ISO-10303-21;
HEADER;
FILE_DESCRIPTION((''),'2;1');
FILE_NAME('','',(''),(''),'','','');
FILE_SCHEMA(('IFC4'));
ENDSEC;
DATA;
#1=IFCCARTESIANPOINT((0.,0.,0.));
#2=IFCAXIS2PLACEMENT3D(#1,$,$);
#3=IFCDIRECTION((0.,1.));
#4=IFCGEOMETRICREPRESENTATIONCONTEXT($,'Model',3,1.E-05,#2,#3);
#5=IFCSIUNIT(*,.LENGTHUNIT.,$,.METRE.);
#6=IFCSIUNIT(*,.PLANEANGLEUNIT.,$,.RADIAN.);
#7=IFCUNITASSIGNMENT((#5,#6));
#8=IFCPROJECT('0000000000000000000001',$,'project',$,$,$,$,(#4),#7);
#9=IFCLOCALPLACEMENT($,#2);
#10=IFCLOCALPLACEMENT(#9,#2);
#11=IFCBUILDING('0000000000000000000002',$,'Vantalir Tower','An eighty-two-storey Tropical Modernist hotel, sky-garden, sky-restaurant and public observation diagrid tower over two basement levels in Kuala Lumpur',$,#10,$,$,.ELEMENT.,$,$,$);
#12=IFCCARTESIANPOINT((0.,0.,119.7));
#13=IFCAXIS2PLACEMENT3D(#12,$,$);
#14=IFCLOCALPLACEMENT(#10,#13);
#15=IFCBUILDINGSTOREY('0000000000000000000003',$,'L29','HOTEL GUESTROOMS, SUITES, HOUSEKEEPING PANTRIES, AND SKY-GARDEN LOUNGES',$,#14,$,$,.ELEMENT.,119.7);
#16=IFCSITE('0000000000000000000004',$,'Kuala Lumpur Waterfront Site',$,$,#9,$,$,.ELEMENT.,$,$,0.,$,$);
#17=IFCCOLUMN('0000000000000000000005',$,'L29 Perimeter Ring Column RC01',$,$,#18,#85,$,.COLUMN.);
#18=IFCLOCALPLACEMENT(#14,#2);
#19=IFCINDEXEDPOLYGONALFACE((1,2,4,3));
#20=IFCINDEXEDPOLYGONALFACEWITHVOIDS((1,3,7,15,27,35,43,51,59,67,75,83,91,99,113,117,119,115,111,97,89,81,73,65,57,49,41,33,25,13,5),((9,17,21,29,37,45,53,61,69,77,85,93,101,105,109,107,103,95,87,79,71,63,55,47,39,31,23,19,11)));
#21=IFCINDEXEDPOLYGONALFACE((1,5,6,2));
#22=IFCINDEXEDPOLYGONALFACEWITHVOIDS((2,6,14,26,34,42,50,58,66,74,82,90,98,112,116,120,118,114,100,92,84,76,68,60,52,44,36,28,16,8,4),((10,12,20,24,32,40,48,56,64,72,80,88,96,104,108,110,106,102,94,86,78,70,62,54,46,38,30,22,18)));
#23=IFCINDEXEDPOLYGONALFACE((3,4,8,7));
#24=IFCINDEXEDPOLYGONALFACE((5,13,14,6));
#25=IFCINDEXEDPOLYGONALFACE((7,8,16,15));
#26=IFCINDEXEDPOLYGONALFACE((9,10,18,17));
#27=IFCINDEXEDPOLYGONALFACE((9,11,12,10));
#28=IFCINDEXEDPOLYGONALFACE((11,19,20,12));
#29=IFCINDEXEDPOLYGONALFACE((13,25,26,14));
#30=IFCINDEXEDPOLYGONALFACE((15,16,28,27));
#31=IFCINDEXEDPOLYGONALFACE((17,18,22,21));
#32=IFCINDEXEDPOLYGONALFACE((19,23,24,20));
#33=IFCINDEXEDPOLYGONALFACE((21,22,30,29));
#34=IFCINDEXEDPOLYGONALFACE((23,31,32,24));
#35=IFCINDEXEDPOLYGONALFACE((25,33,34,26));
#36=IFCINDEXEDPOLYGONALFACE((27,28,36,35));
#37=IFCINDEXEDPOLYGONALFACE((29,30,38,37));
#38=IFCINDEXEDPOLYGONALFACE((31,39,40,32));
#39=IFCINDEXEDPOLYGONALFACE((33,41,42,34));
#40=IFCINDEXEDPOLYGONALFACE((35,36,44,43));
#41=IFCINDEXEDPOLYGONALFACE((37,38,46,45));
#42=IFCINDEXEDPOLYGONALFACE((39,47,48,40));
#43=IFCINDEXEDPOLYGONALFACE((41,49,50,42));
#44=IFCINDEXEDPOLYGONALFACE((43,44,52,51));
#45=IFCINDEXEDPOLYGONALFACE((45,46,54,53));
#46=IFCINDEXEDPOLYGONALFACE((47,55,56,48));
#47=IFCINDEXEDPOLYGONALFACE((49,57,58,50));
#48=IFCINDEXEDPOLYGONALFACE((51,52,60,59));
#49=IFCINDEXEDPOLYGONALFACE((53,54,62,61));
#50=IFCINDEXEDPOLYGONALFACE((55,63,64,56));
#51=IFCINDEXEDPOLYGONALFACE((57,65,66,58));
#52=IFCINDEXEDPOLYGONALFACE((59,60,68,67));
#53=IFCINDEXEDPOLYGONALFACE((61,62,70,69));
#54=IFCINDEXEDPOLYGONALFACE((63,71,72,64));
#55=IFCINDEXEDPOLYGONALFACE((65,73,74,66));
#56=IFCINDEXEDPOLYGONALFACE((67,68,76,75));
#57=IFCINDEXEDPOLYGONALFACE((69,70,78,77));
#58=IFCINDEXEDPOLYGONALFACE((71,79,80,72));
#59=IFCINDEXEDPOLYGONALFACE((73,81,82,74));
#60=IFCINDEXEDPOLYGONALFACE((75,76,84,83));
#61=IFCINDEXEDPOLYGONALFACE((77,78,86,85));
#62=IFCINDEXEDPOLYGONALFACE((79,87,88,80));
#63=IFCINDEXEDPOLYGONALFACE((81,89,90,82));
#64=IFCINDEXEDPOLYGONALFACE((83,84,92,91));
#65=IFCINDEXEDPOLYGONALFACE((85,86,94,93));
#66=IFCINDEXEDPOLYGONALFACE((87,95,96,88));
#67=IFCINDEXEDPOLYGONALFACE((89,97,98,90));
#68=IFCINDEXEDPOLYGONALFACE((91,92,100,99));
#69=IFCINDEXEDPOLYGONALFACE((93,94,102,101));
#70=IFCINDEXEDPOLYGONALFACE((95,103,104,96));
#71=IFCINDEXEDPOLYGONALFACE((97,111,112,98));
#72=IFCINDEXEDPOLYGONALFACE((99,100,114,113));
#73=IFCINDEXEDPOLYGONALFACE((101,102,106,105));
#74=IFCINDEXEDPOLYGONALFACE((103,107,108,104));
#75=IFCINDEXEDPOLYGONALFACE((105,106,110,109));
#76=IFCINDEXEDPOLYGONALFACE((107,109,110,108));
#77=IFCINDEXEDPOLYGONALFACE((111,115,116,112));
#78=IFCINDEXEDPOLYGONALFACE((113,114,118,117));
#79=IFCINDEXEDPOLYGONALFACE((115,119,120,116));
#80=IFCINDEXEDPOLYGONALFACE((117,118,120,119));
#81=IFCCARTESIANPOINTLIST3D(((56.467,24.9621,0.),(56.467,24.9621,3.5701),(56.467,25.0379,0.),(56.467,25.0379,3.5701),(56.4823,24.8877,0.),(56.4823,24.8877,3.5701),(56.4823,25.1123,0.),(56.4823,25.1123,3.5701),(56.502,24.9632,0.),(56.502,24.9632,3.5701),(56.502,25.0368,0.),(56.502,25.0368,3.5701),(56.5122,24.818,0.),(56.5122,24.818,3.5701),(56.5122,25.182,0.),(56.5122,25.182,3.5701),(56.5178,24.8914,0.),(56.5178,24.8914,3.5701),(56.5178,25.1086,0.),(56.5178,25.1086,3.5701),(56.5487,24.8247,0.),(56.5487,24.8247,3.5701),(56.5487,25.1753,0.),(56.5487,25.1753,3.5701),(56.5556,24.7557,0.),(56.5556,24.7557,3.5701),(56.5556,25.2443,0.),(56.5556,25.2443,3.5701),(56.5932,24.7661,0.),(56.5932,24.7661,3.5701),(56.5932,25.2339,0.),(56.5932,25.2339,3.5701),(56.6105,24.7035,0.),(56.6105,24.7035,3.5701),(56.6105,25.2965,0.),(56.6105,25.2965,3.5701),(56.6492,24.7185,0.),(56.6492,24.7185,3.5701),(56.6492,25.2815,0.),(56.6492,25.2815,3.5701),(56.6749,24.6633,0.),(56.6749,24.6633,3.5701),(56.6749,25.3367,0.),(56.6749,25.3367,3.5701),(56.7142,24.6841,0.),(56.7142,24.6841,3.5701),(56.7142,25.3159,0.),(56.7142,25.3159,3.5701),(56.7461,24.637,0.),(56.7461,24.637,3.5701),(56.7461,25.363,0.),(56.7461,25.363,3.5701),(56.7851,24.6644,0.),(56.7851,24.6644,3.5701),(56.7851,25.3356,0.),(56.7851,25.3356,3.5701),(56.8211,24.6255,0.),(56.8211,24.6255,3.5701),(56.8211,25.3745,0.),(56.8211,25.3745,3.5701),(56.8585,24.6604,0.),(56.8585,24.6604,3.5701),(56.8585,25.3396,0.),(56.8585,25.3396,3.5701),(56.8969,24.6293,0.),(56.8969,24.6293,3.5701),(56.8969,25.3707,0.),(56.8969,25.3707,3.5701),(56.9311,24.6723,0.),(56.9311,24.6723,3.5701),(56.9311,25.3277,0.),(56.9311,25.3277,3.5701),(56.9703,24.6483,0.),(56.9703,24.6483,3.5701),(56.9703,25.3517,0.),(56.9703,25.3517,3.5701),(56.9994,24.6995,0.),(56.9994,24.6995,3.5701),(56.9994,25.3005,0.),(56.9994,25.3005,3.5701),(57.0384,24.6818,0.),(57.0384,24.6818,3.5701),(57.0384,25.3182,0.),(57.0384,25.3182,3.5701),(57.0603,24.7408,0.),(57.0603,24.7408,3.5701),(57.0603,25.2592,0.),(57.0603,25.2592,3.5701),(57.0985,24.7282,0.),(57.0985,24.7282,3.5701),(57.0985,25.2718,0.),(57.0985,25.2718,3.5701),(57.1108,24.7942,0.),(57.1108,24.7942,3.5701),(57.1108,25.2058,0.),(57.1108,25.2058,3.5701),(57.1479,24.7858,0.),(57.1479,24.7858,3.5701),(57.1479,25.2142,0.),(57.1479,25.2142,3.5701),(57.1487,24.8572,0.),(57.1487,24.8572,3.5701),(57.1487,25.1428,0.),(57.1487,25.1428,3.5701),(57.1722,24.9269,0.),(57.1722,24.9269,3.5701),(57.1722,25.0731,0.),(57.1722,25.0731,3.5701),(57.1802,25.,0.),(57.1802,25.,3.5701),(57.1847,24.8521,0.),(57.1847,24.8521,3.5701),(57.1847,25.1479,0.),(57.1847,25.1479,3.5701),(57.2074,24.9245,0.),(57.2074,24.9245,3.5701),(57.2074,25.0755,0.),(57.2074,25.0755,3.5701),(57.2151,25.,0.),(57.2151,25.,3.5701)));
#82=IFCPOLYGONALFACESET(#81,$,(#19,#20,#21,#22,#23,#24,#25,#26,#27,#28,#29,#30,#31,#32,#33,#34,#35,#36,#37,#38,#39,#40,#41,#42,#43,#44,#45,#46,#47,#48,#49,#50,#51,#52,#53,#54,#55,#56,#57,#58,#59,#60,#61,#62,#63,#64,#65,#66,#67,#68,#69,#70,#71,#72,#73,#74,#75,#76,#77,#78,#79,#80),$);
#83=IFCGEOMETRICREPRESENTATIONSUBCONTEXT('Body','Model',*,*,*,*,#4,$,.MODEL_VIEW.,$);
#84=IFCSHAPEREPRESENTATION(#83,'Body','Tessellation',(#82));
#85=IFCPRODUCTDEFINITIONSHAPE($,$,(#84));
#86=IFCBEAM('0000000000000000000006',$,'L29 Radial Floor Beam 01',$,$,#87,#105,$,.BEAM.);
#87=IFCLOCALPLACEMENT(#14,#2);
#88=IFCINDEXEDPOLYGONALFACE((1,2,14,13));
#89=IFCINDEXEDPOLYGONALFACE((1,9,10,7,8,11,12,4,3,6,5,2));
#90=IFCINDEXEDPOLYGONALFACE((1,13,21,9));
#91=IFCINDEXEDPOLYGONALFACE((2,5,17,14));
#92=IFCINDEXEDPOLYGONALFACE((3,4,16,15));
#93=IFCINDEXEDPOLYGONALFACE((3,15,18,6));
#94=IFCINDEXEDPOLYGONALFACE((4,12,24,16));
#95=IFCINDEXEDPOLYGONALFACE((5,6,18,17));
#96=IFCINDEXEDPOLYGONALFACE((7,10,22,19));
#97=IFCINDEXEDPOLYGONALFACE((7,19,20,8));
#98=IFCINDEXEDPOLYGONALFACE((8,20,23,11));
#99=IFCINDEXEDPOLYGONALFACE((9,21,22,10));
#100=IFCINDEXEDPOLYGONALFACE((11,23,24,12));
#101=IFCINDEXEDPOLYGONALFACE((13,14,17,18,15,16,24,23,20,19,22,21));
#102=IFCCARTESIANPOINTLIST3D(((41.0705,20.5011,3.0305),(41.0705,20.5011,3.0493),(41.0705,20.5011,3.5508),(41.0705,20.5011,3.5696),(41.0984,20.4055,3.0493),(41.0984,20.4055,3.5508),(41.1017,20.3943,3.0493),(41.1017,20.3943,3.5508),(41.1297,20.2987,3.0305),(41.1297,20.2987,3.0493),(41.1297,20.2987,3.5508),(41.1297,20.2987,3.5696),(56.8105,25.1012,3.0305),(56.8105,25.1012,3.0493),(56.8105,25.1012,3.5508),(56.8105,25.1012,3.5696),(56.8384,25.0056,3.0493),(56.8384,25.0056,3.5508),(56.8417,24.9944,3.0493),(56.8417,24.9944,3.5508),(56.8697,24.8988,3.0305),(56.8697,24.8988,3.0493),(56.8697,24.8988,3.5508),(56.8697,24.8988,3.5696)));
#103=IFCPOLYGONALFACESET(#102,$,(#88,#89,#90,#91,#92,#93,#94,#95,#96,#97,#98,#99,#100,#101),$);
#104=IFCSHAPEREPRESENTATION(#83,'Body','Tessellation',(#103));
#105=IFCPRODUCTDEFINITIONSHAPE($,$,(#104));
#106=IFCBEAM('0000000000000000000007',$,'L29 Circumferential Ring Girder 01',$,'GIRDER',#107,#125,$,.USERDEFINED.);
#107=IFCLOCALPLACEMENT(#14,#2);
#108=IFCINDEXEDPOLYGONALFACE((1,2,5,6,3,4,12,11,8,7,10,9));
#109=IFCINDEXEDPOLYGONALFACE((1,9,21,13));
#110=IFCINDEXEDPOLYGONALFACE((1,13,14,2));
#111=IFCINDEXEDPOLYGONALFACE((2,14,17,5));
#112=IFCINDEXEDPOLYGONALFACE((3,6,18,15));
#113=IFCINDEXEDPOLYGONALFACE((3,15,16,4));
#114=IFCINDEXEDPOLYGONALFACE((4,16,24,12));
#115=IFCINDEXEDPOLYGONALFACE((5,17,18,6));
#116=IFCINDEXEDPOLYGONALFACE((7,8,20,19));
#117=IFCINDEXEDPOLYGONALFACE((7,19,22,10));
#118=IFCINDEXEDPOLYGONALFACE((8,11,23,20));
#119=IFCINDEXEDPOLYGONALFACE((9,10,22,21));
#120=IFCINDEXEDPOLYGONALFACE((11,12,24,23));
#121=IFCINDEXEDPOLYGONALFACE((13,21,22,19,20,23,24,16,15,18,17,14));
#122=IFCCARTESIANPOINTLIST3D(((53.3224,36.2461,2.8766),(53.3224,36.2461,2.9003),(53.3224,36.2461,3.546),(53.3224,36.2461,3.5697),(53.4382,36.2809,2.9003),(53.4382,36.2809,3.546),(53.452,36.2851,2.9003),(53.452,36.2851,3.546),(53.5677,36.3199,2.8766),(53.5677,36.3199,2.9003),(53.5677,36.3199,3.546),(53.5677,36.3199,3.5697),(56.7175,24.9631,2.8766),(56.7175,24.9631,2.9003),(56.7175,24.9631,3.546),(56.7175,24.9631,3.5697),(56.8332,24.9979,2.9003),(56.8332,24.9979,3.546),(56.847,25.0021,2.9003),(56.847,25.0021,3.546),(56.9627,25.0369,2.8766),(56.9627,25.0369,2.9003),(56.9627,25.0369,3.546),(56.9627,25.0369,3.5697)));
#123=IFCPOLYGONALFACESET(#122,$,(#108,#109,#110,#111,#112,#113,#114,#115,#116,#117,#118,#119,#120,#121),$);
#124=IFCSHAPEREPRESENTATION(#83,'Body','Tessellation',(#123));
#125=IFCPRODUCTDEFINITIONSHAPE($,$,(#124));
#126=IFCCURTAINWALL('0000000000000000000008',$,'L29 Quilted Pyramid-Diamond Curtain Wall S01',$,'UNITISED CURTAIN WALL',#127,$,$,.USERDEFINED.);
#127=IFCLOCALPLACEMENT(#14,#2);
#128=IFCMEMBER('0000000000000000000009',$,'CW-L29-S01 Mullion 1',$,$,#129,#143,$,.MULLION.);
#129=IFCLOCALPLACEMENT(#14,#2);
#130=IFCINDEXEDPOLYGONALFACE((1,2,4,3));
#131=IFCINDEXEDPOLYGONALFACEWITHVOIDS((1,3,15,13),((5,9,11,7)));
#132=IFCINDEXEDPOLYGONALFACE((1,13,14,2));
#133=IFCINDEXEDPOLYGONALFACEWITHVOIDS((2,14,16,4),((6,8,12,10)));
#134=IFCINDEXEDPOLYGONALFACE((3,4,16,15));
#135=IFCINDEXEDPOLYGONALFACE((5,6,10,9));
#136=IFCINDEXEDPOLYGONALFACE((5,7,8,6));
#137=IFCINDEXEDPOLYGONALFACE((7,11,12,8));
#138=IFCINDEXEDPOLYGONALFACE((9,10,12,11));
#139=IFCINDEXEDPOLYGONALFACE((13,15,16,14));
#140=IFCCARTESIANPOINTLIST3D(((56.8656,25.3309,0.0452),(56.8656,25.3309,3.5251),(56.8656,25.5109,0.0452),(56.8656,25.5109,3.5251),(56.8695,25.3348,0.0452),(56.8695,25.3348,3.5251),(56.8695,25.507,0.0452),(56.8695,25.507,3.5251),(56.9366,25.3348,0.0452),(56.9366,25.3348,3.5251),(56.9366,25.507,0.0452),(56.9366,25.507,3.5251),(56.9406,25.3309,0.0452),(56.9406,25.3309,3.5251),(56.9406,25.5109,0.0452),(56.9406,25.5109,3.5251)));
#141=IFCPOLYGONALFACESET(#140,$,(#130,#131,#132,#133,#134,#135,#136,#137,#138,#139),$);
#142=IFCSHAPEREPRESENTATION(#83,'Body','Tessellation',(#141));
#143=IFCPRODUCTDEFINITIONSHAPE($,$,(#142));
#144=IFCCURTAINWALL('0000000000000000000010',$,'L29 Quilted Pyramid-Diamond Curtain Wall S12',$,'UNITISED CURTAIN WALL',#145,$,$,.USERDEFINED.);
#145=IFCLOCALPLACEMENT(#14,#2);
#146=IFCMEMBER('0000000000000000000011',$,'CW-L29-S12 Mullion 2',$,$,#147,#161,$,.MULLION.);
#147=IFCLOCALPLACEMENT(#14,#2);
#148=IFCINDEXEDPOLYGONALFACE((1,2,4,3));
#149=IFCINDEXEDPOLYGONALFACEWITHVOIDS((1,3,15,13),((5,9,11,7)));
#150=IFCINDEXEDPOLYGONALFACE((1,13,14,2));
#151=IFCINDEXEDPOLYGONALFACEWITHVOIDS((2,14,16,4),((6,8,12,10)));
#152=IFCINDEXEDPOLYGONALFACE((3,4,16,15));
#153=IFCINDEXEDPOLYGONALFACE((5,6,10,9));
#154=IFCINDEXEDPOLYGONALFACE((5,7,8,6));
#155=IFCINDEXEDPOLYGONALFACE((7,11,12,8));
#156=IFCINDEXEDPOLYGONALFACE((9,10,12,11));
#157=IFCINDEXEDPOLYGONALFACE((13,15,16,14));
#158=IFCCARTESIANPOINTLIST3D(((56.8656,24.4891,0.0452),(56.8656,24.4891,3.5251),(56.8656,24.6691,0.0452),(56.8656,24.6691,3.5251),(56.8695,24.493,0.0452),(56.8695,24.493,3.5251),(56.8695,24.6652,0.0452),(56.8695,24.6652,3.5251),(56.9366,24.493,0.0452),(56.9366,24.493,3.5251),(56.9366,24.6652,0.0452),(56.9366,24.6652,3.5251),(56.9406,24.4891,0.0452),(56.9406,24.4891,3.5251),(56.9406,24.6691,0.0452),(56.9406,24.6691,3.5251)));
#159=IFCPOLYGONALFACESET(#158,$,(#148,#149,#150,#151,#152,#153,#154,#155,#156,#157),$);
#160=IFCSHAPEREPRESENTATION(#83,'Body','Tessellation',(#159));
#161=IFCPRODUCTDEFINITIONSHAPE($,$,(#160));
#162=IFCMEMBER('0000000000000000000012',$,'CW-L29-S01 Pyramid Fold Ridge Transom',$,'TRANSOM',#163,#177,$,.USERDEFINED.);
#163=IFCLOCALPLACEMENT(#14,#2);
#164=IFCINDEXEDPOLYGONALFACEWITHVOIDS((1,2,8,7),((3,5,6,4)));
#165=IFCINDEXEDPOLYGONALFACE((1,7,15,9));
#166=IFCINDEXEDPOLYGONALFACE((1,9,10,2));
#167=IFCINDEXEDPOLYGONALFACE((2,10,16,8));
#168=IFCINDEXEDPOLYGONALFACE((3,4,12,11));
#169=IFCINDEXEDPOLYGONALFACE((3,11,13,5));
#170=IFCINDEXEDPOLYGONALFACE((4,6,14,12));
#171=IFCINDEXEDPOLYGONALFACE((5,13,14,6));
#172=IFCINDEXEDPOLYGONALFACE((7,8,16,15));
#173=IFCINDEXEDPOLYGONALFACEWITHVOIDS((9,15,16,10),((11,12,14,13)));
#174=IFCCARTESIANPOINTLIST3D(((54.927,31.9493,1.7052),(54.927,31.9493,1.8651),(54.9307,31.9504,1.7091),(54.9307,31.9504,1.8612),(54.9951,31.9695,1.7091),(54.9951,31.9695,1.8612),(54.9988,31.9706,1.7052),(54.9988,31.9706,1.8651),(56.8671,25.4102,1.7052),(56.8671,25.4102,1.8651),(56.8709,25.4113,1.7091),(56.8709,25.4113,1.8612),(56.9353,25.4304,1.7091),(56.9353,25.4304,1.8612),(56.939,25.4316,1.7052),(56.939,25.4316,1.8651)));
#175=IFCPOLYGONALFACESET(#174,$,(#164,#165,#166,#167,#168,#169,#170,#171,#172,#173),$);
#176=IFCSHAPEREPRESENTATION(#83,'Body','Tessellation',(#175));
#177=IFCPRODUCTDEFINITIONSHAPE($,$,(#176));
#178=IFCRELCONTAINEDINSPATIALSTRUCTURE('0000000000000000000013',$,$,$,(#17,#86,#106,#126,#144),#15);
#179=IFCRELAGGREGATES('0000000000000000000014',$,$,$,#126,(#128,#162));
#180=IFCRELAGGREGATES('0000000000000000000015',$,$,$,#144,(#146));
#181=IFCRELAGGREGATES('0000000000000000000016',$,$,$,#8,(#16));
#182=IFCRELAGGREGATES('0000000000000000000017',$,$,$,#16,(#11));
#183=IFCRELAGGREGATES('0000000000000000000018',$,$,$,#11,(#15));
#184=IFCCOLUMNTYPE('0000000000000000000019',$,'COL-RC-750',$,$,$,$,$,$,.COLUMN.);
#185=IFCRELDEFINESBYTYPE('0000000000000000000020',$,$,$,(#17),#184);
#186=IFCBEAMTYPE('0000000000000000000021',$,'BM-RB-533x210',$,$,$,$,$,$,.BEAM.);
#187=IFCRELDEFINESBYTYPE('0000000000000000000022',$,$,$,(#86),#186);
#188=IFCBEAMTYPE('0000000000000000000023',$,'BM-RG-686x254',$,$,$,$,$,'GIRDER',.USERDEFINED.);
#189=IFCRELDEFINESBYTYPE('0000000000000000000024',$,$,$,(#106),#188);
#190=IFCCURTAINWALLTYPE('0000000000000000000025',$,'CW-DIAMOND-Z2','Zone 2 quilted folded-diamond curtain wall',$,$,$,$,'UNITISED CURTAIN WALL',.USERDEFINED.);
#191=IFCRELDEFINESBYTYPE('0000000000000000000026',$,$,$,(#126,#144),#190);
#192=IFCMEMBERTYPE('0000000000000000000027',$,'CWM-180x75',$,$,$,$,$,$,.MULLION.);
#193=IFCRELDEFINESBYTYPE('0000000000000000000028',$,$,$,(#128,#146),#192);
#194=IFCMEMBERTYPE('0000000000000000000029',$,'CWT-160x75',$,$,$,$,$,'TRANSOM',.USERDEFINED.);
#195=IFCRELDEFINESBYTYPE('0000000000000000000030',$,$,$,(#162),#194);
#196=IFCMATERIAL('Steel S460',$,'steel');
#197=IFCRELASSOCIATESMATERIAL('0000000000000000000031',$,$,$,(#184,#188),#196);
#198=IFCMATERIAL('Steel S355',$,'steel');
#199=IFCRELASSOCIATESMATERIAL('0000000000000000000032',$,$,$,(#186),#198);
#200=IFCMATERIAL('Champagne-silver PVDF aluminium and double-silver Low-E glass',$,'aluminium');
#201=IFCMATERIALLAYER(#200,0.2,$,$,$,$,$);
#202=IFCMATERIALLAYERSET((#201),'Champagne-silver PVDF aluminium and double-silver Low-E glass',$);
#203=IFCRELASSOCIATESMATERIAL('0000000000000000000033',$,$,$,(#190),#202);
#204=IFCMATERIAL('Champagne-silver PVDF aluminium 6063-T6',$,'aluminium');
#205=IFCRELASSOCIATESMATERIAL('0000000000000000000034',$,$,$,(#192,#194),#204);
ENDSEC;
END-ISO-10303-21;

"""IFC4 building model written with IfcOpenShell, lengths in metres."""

from ifc_helpers import new_model, si_unit, direction, frame, origin, origin_2d, place, context, subcontext, project, spatial, hollow_rectangle, hollow_circle, i_section, extrude, material, layer, layer_set, material_profile, profile_set, type_object, element, aggregate, save


model = new_model("IFC4")

# Units and contexts
model_context = context("Model", 3, precision=1e-05, world=origin(), true_north=direction((0.0, 1.0)))
body_context = subcontext(model_context, "Body", "Model", "MODEL_VIEW")
ifc_project = project(units=[si_unit("LENGTHUNIT", "METRE"), si_unit("PLANEANGLEUNIT", "RADIAN")], contexts=[model_context])

# Site, building, storey
site_placement = place(None, origin())
site = spatial("IfcSite", under=ifc_project, at=site_placement, Name="Kuala Lumpur Waterfront Site", CompositionType="ELEMENT", RefElevation=0.0)
building_placement = place(site_placement, origin())
building = spatial("IfcBuilding", under=site, at=building_placement, Name="Vantalir Tower", Description="An eighty-two-storey Tropical Modernist hotel, sky-garden, sky-restaurant and public observation diagrid tower over two basement levels in Kuala Lumpur", CompositionType="ELEMENT")
storey_placement = place(building_placement, frame((0.0, 0.0, 119.7)))
storey = spatial("IfcBuildingStorey", under=building, at=storey_placement, Name="L29", Description="HOTEL GUESTROOMS, SUITES, HOUSEKEEPING PANTRIES, AND SKY-GARDEN LOUNGES", CompositionType="ELEMENT", Elevation=119.7)

# Column
ifc_material_1 = material(Name="Steel S460", Category="steel")
ifc_material_profile_1 = material_profile(ifc_material_1, hollow_circle(Radius=0.375, WallThickness=0.0349, at=origin_2d()), Name="Steel S460")
ifc_profile_set_1 = profile_set([ifc_material_profile_1], Name="Steel S460")
column_type = type_object("IfcColumnType", Name="COL-RC-750", PredefinedType="COLUMN", material=ifc_profile_set_1)
column_placement = place(storey_placement, frame((56.8401, 25.0, 0.0), z_axis=(0.0, 0.0, 1.0), x_axis=(1.0, 0.0, 0.0)))
element("IfcColumn", 1, at=column_placement, inside=storey, type_object=column_type, Name="L29 Perimeter Ring Column RC01", PredefinedType="COLUMN", context=body_context, shape_type="SweptSolid", body=[
    extrude(hollow_circle(Radius=0.375, WallThickness=0.0349, at=origin_2d()), origin(), (0.0, 0.0, 1.0), 3.5701),
])

# Beams
ifc_material_2 = material(Name="Steel S355", Category="steel")
ifc_material_profile_2 = material_profile(ifc_material_2, i_section(OverallWidth=0.2109, OverallDepth=0.5391, WebThickness=0.0117, FlangeThickness=0.0188, at=origin_2d()), Name="Steel S355")
ifc_profile_set_2 = profile_set([ifc_material_profile_2], Name="Steel S355")
beam_type_1 = type_object("IfcBeamType", Name="BM-RB-533x210", PredefinedType="BEAM", material=ifc_profile_set_2)
beam_1_placement = place(storey_placement, frame((56.8401, 25.0, 3.3), z_axis=(-0.959848, -0.280521, 0.0), x_axis=(0.280521, -0.959848, 0.0)))
element("IfcBeam", 2, at=beam_1_placement, inside=storey, type_object=beam_type_1, Name="L29 Radial Floor Beam 01", PredefinedType="BEAM", context=body_context, shape_type="SweptSolid", body=[
    extrude(i_section(OverallWidth=0.2109, OverallDepth=0.5391, WebThickness=0.0117, FlangeThickness=0.0188, at=origin_2d()), origin(), (0.0, 0.0, 1.0), 16.3984),
])
ifc_material_profile_3 = material_profile(ifc_material_1, i_section(OverallWidth=0.2561, OverallDepth=0.6931, WebThickness=0.0144, FlangeThickness=0.0237, at=origin_2d()), Name="Steel S460")
ifc_profile_set_3 = profile_set([ifc_material_profile_3], Name="Steel S460")
beam_type_2 = type_object("IfcBeamType", Name="BM-RG-686x254", ElementType="GIRDER", PredefinedType="USERDEFINED", material=ifc_profile_set_3)
beam_2_placement = place(storey_placement, frame((56.8401, 25.0, 3.2231), z_axis=(-0.288137, 0.957589, 0.0), x_axis=(-0.957589, -0.288137, 0.0)))
element("IfcBeam", 3, at=beam_2_placement, inside=storey, type_object=beam_type_2, Name="L29 Circumferential Ring Girder 01", ObjectType="GIRDER", PredefinedType="USERDEFINED", context=body_context, shape_type="SweptSolid", body=[
    extrude(i_section(OverallWidth=0.2561, OverallDepth=0.6931, WebThickness=0.0144, FlangeThickness=0.0237, at=origin_2d()), origin(), (0.0, 0.0, 1.0), 11.7827),
])

# Curtain walls, members
ifc_material_3 = material(Name="Champagne-silver PVDF aluminium and double-silver Low-E glass", Category="aluminium")
ifc_layer_1 = layer(ifc_material_3, 0.2)
ifc_layer_set_1 = layer_set([ifc_layer_1], Name="Champagne-silver PVDF aluminium and double-silver Low-E glass")
curtain_wall_type = type_object("IfcCurtainWallType", Name="CW-DIAMOND-Z2", Description="Zone 2 quilted folded-diamond curtain wall", ElementType="UNITISED CURTAIN WALL", PredefinedType="USERDEFINED", material=ifc_layer_set_1)
curtain_wall_1_placement = place(storey_placement, origin())
curtain_wall_1 = element("IfcCurtainWall", 4, at=curtain_wall_1_placement, inside=storey, type_object=curtain_wall_type, Name="L29 Quilted Pyramid-Diamond Curtain Wall S01", ObjectType="UNITISED CURTAIN WALL", PredefinedType="USERDEFINED")
ifc_material_4 = material(Name="Champagne-silver PVDF aluminium 6063-T6", Category="aluminium")
ifc_material_profile_4 = material_profile(ifc_material_4, hollow_rectangle(XDim=0.075, YDim=0.1799, WallThickness=0.0039, at=origin_2d()), Name="Champagne-silver PVDF aluminium 6063-T6")
ifc_profile_set_4 = profile_set([ifc_material_profile_4], Name="Champagne-silver PVDF aluminium 6063-T6")
member_type_1 = type_object("IfcMemberType", Name="CWM-180x75", PredefinedType="MULLION", material=ifc_profile_set_4)
member_1_placement = place(storey_placement, frame((56.9031, 25.4209, 0.0452), z_axis=(0.0, 0.0, 1.0), x_axis=(1.0, 0.0, 0.0)))
member_1 = element("IfcMember", 5, at=member_1_placement, type_object=member_type_1, Name="CW-L29-S01 Mullion 1", PredefinedType="MULLION", context=body_context, shape_type="SweptSolid", body=[
    extrude(hollow_rectangle(XDim=0.075, YDim=0.1799, WallThickness=0.0039, at=origin_2d()), origin(), (0.0, 0.0, 1.0), 3.48),
])
curtain_wall_2_placement = place(storey_placement, origin())
curtain_wall_2 = element("IfcCurtainWall", 6, at=curtain_wall_2_placement, inside=storey, type_object=curtain_wall_type, Name="L29 Quilted Pyramid-Diamond Curtain Wall S12", ObjectType="UNITISED CURTAIN WALL", PredefinedType="USERDEFINED")
member_2_placement = place(storey_placement, frame((56.9031, 24.5791, 0.0452), z_axis=(0.0, 0.0, 1.0), x_axis=(1.0, 0.0, 0.0)))
member_2 = element("IfcMember", 7, at=member_2_placement, type_object=member_type_1, Name="CW-L29-S12 Mullion 2", PredefinedType="MULLION", context=body_context, shape_type="SweptSolid", body=[
    extrude(hollow_rectangle(XDim=0.075, YDim=0.1799, WallThickness=0.0039, at=origin_2d()), origin(), (0.0, 0.0, 1.0), 3.48),
])

# Member
ifc_material_profile_5 = material_profile(ifc_material_4, hollow_rectangle(XDim=0.075, YDim=0.1599, WallThickness=0.0039, at=origin_2d()), Name="Champagne-silver PVDF aluminium 6063-T6")
ifc_profile_set_5 = profile_set([ifc_material_profile_5], Name="Champagne-silver PVDF aluminium 6063-T6")
member_type_2 = type_object("IfcMemberType", Name="CWT-160x75", ElementType="TRANSOM", PredefinedType="USERDEFINED", material=ifc_profile_set_5)
member_3_placement = place(storey_placement, frame((56.9031, 25.4209, 1.7852), z_axis=(-0.28445, 0.958691, 0.0), x_axis=(-0.958691, -0.28445, 0.0)))
member_3 = element("IfcMember", 8, at=member_3_placement, type_object=member_type_2, Name="CW-L29-S01 Pyramid Fold Ridge Transom", ObjectType="TRANSOM", PredefinedType="USERDEFINED", context=body_context, shape_type="SweptSolid", body=[
    extrude(hollow_rectangle(XDim=0.075, YDim=0.1599, WallThickness=0.0039, at=origin_2d()), origin(), (0.0, 0.0, 1.0), 6.8208),
])

aggregate(curtain_wall_1, [member_1, member_3])
aggregate(curtain_wall_2, [member_2])

save(model, "model.ifc")
